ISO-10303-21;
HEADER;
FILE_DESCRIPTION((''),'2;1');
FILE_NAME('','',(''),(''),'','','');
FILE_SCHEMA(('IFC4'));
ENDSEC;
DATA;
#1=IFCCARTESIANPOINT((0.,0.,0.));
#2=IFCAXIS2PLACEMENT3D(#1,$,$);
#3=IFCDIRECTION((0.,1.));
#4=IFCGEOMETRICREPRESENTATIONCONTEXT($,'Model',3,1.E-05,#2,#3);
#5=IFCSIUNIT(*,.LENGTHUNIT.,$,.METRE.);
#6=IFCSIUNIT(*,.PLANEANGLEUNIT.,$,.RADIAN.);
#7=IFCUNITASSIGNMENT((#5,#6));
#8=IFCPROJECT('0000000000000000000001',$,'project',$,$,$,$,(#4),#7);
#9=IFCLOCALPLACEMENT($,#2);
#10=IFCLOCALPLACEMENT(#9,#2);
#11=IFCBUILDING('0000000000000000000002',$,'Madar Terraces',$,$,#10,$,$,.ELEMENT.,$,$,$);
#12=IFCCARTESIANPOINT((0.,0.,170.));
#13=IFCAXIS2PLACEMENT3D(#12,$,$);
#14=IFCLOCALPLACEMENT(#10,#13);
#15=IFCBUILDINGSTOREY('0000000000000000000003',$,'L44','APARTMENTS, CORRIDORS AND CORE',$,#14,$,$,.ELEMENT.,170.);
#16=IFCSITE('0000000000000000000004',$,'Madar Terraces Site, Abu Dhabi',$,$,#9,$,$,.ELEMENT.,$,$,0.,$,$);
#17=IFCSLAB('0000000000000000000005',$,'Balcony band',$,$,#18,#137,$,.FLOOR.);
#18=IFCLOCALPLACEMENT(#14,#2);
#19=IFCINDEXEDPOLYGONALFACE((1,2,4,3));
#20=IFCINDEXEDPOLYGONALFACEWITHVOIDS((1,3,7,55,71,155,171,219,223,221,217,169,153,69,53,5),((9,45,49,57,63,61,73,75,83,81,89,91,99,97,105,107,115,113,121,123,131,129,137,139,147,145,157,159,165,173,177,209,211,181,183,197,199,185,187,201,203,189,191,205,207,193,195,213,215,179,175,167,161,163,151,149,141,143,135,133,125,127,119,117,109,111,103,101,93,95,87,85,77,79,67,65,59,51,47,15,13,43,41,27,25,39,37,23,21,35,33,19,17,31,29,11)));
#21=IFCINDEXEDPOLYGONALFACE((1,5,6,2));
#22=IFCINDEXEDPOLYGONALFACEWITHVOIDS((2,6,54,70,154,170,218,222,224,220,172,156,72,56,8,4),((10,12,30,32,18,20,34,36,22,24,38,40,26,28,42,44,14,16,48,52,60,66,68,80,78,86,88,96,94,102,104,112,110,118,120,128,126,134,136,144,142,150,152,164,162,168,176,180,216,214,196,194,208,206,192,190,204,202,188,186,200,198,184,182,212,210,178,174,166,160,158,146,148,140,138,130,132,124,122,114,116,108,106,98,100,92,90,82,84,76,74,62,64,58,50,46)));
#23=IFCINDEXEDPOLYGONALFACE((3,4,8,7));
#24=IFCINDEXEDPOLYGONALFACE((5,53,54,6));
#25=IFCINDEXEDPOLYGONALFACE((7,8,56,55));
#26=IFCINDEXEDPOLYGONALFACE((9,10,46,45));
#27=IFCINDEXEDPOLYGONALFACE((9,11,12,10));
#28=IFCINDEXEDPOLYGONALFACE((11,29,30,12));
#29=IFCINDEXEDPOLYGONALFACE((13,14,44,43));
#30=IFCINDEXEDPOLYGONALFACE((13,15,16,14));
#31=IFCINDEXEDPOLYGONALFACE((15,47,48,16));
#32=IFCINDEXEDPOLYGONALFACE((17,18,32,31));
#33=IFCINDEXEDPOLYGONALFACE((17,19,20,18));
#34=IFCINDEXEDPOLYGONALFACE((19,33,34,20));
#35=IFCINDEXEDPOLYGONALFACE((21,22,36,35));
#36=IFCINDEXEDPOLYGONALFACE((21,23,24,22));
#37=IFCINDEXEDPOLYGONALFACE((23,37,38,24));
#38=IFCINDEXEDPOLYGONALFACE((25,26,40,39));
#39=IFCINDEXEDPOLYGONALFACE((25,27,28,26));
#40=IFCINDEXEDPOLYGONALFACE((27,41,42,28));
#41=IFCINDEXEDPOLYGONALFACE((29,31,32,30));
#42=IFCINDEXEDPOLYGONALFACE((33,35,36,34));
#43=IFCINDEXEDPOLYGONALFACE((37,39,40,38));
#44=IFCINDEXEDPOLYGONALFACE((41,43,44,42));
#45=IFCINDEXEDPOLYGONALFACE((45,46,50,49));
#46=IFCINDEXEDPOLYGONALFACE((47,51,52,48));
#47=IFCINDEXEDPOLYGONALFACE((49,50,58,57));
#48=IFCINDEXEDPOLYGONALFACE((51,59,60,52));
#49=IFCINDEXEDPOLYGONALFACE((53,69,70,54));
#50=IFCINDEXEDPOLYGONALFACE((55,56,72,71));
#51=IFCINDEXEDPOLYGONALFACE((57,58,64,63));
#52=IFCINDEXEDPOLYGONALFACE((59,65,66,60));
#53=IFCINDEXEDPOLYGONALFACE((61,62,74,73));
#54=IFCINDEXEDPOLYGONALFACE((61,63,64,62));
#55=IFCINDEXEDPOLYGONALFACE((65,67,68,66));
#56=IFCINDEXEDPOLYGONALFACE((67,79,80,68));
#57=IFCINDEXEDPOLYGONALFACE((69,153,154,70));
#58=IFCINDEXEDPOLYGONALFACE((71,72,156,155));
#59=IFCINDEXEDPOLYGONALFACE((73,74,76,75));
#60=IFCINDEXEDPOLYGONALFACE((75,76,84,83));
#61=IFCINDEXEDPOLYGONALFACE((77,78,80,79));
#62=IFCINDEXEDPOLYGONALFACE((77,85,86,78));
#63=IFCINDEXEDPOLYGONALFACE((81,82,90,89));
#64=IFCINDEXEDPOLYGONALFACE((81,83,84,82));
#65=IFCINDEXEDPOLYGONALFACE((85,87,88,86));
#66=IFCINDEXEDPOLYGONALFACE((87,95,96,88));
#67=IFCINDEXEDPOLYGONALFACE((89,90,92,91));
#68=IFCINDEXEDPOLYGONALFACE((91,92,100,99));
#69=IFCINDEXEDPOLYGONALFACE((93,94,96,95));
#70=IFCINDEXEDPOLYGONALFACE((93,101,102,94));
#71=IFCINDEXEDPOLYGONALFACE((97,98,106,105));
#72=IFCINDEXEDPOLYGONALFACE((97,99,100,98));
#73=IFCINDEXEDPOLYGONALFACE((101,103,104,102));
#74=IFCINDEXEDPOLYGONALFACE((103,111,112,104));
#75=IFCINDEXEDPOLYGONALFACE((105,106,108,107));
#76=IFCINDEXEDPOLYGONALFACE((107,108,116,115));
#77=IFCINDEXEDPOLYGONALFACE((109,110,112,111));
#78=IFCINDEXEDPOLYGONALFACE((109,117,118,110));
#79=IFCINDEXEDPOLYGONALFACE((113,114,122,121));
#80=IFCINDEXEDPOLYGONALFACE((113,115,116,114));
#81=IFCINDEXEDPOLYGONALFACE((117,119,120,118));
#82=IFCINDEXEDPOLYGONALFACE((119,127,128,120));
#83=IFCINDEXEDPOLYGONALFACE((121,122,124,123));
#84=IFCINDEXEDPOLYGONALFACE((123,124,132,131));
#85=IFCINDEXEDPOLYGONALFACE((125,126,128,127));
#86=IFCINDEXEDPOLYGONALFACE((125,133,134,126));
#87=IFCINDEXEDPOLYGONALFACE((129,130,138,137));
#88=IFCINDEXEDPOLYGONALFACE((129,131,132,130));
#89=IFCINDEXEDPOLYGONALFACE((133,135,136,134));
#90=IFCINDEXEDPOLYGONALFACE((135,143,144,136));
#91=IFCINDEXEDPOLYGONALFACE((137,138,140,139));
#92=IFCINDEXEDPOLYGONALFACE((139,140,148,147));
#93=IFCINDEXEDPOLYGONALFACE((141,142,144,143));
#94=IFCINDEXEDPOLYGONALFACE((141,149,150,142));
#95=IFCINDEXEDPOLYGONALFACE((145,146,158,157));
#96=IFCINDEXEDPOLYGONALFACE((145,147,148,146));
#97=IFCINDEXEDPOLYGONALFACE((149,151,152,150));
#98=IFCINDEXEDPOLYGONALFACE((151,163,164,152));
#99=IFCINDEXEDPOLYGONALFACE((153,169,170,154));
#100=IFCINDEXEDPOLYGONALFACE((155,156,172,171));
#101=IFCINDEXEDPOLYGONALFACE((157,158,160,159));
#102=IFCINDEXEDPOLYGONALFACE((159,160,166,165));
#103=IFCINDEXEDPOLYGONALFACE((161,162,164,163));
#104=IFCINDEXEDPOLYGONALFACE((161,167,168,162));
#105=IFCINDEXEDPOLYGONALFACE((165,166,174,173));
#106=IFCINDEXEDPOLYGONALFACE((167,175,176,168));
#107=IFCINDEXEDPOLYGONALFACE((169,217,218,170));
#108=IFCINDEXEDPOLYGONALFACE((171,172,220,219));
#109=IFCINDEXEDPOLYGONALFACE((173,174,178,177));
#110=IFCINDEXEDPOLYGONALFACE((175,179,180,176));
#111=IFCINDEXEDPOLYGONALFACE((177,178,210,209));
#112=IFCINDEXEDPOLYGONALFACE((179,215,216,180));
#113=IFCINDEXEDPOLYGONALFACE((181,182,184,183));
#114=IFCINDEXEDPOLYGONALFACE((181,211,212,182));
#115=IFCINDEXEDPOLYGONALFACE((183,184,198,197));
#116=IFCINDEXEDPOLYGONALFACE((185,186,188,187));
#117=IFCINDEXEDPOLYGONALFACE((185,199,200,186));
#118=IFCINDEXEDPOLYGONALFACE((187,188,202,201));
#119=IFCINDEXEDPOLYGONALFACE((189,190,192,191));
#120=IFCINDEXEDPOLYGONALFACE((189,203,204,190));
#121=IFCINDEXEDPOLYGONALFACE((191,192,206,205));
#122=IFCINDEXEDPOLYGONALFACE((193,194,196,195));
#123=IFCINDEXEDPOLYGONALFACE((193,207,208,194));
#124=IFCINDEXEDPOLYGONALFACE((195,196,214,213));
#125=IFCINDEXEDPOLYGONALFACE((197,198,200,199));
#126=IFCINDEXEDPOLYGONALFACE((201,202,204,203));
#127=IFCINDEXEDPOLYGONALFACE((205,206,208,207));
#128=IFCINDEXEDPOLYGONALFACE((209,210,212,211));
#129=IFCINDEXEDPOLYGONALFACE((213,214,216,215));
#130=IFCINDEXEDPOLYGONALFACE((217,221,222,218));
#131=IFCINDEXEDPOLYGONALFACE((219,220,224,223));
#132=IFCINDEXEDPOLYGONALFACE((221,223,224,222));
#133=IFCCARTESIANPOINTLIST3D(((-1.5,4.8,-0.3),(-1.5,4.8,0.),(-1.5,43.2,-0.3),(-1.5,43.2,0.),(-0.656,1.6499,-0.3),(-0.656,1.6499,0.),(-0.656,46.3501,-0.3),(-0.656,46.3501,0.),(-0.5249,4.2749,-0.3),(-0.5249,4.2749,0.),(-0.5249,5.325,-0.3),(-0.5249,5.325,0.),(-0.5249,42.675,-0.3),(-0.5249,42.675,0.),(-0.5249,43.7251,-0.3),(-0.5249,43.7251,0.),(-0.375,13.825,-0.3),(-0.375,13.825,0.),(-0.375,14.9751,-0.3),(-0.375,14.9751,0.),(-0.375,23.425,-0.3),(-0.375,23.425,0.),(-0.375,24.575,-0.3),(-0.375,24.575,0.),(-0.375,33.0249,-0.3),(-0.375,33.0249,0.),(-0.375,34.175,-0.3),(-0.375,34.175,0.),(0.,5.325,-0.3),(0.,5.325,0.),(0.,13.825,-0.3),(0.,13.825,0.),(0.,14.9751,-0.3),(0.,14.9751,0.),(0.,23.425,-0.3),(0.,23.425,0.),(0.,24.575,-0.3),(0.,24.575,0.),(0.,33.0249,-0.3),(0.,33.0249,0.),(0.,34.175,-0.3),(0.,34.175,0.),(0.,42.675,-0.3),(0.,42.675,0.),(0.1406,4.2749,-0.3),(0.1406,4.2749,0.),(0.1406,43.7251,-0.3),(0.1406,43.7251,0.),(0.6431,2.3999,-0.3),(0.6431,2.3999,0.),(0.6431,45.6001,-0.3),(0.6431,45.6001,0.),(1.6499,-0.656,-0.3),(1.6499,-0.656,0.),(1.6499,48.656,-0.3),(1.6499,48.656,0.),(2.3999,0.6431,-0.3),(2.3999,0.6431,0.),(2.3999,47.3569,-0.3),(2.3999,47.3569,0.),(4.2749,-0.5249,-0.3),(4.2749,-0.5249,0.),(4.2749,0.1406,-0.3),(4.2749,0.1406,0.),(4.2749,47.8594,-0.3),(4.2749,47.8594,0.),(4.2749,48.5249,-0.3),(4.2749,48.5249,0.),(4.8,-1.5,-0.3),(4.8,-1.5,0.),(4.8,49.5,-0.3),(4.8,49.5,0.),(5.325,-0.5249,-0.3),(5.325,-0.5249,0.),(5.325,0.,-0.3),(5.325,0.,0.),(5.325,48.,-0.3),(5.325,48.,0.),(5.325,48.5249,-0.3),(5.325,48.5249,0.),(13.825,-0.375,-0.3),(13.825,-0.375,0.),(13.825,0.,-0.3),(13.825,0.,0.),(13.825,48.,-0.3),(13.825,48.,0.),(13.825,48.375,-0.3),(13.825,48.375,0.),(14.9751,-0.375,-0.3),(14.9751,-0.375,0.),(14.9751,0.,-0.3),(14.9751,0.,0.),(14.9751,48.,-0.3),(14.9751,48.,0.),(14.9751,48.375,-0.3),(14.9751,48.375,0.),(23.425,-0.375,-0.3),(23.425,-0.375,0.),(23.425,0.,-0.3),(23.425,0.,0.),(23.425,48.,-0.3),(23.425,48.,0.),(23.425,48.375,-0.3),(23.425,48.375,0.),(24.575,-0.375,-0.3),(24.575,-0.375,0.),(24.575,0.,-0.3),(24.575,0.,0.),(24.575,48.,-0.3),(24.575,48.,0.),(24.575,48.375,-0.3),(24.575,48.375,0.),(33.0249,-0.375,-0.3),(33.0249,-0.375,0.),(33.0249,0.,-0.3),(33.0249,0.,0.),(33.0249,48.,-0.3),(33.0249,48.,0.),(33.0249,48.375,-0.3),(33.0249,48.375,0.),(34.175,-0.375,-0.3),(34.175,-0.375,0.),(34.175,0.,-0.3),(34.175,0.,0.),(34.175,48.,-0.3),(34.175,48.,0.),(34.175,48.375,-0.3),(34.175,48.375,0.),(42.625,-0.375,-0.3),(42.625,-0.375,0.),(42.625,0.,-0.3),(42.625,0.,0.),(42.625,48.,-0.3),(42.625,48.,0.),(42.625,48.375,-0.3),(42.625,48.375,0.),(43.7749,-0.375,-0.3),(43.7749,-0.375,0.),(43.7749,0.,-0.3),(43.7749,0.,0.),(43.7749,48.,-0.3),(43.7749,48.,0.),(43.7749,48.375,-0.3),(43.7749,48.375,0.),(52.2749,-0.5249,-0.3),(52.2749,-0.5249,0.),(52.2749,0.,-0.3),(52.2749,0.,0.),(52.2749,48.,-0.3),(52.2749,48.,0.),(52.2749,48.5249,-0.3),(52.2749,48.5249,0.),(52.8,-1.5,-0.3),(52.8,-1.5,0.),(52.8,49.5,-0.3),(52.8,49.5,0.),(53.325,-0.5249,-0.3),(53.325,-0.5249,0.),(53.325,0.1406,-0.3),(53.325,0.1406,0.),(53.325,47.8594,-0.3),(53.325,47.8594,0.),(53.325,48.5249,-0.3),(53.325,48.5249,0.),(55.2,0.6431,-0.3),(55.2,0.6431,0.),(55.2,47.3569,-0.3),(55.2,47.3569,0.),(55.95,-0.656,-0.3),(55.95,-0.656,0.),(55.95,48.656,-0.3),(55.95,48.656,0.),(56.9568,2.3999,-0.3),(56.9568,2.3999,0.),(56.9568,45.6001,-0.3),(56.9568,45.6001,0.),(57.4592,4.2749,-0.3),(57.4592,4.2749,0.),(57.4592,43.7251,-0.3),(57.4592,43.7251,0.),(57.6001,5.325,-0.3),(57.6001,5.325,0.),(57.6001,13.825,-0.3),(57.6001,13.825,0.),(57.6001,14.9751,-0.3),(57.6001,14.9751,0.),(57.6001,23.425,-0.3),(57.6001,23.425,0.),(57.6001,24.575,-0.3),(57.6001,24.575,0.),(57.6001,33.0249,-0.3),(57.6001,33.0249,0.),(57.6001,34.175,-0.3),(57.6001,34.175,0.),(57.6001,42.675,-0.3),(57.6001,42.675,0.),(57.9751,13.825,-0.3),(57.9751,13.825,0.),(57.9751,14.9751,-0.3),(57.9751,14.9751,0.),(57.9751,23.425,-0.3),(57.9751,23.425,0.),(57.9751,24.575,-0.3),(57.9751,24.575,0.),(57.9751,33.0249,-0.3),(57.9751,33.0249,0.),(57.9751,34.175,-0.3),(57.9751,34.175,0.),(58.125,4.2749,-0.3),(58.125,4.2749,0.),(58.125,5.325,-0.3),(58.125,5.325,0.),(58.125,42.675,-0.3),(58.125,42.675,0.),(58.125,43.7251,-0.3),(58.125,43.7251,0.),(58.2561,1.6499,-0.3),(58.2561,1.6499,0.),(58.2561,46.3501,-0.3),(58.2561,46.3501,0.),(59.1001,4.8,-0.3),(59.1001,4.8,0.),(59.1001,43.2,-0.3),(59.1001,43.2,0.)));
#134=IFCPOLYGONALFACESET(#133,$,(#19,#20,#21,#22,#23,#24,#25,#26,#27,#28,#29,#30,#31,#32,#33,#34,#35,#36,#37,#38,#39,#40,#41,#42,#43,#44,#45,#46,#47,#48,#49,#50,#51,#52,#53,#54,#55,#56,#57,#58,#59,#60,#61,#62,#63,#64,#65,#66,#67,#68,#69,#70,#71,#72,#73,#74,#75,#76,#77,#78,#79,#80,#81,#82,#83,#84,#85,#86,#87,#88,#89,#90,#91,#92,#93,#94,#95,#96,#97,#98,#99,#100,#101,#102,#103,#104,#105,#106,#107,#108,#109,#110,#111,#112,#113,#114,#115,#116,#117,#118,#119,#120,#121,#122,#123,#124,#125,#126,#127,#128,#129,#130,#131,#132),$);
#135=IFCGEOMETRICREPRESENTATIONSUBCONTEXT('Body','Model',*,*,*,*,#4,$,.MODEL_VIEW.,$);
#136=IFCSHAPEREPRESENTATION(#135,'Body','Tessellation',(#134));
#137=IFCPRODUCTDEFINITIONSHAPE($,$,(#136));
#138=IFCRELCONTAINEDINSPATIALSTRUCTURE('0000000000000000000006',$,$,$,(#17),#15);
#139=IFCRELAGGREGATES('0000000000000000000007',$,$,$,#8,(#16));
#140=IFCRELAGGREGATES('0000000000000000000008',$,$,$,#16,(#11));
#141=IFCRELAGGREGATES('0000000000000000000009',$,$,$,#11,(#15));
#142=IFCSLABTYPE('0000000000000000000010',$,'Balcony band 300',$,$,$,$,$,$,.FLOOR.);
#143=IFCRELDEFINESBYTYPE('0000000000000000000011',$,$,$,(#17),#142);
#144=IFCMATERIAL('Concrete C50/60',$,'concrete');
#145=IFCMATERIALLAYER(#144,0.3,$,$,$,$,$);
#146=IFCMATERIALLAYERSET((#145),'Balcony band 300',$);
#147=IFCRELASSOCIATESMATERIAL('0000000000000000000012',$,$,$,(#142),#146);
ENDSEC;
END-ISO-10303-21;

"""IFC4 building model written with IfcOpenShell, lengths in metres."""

from ifc_helpers import new_model, si_unit, direction, frame, origin, place, context, subcontext, project, spatial, polyline, outline, extrude, material, layer, layer_set, type_object, element, save


model = new_model("IFC4")

# Units and contexts
model_context = context("Model", 3, precision=1e-05, world=origin(), true_north=direction((0.0, 1.0)))
body_context = subcontext(model_context, "Body", "Model", "MODEL_VIEW")
ifc_project = project(units=[si_unit("LENGTHUNIT", "METRE"), si_unit("PLANEANGLEUNIT", "RADIAN")], contexts=[model_context])

# Site, building, storey
site_placement = place(None, origin())
site = spatial("IfcSite", under=ifc_project, at=site_placement, Name="Madar Terraces Site, Abu Dhabi", CompositionType="ELEMENT", RefElevation=0.0)
building_placement = place(site_placement, origin())
building = spatial("IfcBuilding", under=site, at=building_placement, Name="Madar Terraces", CompositionType="ELEMENT")
storey_placement = place(building_placement, frame((0.0, 0.0, 170.0)))
storey = spatial("IfcBuildingStorey", under=building, at=storey_placement, Name="L44", Description="APARTMENTS, CORRIDORS AND CORE", CompositionType="ELEMENT", Elevation=170.0)

# Slab
ifc_material_1 = material(Name="Concrete C50/60", Category="concrete")
ifc_layer_1 = layer(ifc_material_1, 0.3)
ifc_layer_set_1 = layer_set([ifc_layer_1], Name="Balcony band 300")
slab_type_1 = type_object("IfcSlabType", Name="Balcony band 300", PredefinedType="FLOOR", material=ifc_layer_set_1)
slab_1_placement = place(storey_placement, frame((0.0, 0.0, -0.3)))
element("IfcSlab", 1, at=slab_1_placement, inside=storey, type_object=slab_type_1, Name="Balcony band", PredefinedType="FLOOR", context=body_context, shape_type="SweptSolid", body=[
    extrude(outline(polyline([(4.8, -1.5), (1.6499, -0.656), (-0.656, 1.6499), (-1.5, 4.8), (-1.5, 43.2), (-0.656, 46.3501), (1.6499, 48.656), (4.8, 49.5), (52.8, 49.5), (55.95, 48.656), (58.2561, 46.3501), (59.1001, 43.2), (59.1001, 4.8), (58.2561, 1.6499), (55.95, -0.656), (52.8, -1.5), (4.8, -1.5)]), holes=[polyline([(5.325, -0.5249), (5.325, 0.0), (13.825, 0.0), (13.825, -0.375), (14.9751, -0.375), (14.9751, 0.0), (23.425, 0.0), (23.425, -0.375), (24.575, -0.375), (24.575, 0.0), (33.0249, 0.0), (33.0249, -0.375), (34.175, -0.375), (34.175, 0.0), (42.625, 0.0), (42.625, -0.375), (43.7749, -0.375), (43.7749, 0.0), (52.2749, 0.0), (52.2749, -0.5249), (53.325, -0.5249), (53.325, 0.1406), (55.2, 0.6431), (56.9568, 2.3999), (57.4592, 4.2749), (58.125, 4.2749), (58.125, 5.325), (57.6001, 5.325), (57.6001, 13.825), (57.9751, 13.825), (57.9751, 14.9751), (57.6001, 14.9751), (57.6001, 23.425), (57.9751, 23.425), (57.9751, 24.575), (57.6001, 24.575), (57.6001, 33.0249), (57.9751, 33.0249), (57.9751, 34.175), (57.6001, 34.175), (57.6001, 42.675), (58.125, 42.675), (58.125, 43.7251), (57.4592, 43.7251), (56.9568, 45.6001), (55.2, 47.3569), (53.325, 47.8594), (53.325, 48.5249), (52.2749, 48.5249), (52.2749, 48.0), (43.7749, 48.0), (43.7749, 48.375), (42.625, 48.375), (42.625, 48.0), (34.175, 48.0), (34.175, 48.375), (33.0249, 48.375), (33.0249, 48.0), (24.575, 48.0), (24.575, 48.375), (23.425, 48.375), (23.425, 48.0), (14.9751, 48.0), (14.9751, 48.375), (13.825, 48.375), (13.825, 48.0), (5.325, 48.0), (5.325, 48.5249), (4.2749, 48.5249), (4.2749, 47.8594), (2.3999, 47.3569), (0.6431, 45.6001), (0.1406, 43.7251), (-0.5249, 43.7251), (-0.5249, 42.675), (0.0, 42.675), (0.0, 34.175), (-0.375, 34.175), (-0.375, 33.0249), (0.0, 33.0249), (0.0, 24.575), (-0.375, 24.575), (-0.375, 23.425), (0.0, 23.425), (0.0, 14.9751), (-0.375, 14.9751), (-0.375, 13.825), (0.0, 13.825), (0.0, 5.325), (-0.5249, 5.325), (-0.5249, 4.2749), (0.1406, 4.2749), (0.6431, 2.3999), (2.3999, 0.6431), (4.2749, 0.1406), (4.2749, -0.5249), (5.325, -0.5249)])]), origin(), (0.0, 0.0, 1.0), 0.3),
])

save(model, "model.ifc")
